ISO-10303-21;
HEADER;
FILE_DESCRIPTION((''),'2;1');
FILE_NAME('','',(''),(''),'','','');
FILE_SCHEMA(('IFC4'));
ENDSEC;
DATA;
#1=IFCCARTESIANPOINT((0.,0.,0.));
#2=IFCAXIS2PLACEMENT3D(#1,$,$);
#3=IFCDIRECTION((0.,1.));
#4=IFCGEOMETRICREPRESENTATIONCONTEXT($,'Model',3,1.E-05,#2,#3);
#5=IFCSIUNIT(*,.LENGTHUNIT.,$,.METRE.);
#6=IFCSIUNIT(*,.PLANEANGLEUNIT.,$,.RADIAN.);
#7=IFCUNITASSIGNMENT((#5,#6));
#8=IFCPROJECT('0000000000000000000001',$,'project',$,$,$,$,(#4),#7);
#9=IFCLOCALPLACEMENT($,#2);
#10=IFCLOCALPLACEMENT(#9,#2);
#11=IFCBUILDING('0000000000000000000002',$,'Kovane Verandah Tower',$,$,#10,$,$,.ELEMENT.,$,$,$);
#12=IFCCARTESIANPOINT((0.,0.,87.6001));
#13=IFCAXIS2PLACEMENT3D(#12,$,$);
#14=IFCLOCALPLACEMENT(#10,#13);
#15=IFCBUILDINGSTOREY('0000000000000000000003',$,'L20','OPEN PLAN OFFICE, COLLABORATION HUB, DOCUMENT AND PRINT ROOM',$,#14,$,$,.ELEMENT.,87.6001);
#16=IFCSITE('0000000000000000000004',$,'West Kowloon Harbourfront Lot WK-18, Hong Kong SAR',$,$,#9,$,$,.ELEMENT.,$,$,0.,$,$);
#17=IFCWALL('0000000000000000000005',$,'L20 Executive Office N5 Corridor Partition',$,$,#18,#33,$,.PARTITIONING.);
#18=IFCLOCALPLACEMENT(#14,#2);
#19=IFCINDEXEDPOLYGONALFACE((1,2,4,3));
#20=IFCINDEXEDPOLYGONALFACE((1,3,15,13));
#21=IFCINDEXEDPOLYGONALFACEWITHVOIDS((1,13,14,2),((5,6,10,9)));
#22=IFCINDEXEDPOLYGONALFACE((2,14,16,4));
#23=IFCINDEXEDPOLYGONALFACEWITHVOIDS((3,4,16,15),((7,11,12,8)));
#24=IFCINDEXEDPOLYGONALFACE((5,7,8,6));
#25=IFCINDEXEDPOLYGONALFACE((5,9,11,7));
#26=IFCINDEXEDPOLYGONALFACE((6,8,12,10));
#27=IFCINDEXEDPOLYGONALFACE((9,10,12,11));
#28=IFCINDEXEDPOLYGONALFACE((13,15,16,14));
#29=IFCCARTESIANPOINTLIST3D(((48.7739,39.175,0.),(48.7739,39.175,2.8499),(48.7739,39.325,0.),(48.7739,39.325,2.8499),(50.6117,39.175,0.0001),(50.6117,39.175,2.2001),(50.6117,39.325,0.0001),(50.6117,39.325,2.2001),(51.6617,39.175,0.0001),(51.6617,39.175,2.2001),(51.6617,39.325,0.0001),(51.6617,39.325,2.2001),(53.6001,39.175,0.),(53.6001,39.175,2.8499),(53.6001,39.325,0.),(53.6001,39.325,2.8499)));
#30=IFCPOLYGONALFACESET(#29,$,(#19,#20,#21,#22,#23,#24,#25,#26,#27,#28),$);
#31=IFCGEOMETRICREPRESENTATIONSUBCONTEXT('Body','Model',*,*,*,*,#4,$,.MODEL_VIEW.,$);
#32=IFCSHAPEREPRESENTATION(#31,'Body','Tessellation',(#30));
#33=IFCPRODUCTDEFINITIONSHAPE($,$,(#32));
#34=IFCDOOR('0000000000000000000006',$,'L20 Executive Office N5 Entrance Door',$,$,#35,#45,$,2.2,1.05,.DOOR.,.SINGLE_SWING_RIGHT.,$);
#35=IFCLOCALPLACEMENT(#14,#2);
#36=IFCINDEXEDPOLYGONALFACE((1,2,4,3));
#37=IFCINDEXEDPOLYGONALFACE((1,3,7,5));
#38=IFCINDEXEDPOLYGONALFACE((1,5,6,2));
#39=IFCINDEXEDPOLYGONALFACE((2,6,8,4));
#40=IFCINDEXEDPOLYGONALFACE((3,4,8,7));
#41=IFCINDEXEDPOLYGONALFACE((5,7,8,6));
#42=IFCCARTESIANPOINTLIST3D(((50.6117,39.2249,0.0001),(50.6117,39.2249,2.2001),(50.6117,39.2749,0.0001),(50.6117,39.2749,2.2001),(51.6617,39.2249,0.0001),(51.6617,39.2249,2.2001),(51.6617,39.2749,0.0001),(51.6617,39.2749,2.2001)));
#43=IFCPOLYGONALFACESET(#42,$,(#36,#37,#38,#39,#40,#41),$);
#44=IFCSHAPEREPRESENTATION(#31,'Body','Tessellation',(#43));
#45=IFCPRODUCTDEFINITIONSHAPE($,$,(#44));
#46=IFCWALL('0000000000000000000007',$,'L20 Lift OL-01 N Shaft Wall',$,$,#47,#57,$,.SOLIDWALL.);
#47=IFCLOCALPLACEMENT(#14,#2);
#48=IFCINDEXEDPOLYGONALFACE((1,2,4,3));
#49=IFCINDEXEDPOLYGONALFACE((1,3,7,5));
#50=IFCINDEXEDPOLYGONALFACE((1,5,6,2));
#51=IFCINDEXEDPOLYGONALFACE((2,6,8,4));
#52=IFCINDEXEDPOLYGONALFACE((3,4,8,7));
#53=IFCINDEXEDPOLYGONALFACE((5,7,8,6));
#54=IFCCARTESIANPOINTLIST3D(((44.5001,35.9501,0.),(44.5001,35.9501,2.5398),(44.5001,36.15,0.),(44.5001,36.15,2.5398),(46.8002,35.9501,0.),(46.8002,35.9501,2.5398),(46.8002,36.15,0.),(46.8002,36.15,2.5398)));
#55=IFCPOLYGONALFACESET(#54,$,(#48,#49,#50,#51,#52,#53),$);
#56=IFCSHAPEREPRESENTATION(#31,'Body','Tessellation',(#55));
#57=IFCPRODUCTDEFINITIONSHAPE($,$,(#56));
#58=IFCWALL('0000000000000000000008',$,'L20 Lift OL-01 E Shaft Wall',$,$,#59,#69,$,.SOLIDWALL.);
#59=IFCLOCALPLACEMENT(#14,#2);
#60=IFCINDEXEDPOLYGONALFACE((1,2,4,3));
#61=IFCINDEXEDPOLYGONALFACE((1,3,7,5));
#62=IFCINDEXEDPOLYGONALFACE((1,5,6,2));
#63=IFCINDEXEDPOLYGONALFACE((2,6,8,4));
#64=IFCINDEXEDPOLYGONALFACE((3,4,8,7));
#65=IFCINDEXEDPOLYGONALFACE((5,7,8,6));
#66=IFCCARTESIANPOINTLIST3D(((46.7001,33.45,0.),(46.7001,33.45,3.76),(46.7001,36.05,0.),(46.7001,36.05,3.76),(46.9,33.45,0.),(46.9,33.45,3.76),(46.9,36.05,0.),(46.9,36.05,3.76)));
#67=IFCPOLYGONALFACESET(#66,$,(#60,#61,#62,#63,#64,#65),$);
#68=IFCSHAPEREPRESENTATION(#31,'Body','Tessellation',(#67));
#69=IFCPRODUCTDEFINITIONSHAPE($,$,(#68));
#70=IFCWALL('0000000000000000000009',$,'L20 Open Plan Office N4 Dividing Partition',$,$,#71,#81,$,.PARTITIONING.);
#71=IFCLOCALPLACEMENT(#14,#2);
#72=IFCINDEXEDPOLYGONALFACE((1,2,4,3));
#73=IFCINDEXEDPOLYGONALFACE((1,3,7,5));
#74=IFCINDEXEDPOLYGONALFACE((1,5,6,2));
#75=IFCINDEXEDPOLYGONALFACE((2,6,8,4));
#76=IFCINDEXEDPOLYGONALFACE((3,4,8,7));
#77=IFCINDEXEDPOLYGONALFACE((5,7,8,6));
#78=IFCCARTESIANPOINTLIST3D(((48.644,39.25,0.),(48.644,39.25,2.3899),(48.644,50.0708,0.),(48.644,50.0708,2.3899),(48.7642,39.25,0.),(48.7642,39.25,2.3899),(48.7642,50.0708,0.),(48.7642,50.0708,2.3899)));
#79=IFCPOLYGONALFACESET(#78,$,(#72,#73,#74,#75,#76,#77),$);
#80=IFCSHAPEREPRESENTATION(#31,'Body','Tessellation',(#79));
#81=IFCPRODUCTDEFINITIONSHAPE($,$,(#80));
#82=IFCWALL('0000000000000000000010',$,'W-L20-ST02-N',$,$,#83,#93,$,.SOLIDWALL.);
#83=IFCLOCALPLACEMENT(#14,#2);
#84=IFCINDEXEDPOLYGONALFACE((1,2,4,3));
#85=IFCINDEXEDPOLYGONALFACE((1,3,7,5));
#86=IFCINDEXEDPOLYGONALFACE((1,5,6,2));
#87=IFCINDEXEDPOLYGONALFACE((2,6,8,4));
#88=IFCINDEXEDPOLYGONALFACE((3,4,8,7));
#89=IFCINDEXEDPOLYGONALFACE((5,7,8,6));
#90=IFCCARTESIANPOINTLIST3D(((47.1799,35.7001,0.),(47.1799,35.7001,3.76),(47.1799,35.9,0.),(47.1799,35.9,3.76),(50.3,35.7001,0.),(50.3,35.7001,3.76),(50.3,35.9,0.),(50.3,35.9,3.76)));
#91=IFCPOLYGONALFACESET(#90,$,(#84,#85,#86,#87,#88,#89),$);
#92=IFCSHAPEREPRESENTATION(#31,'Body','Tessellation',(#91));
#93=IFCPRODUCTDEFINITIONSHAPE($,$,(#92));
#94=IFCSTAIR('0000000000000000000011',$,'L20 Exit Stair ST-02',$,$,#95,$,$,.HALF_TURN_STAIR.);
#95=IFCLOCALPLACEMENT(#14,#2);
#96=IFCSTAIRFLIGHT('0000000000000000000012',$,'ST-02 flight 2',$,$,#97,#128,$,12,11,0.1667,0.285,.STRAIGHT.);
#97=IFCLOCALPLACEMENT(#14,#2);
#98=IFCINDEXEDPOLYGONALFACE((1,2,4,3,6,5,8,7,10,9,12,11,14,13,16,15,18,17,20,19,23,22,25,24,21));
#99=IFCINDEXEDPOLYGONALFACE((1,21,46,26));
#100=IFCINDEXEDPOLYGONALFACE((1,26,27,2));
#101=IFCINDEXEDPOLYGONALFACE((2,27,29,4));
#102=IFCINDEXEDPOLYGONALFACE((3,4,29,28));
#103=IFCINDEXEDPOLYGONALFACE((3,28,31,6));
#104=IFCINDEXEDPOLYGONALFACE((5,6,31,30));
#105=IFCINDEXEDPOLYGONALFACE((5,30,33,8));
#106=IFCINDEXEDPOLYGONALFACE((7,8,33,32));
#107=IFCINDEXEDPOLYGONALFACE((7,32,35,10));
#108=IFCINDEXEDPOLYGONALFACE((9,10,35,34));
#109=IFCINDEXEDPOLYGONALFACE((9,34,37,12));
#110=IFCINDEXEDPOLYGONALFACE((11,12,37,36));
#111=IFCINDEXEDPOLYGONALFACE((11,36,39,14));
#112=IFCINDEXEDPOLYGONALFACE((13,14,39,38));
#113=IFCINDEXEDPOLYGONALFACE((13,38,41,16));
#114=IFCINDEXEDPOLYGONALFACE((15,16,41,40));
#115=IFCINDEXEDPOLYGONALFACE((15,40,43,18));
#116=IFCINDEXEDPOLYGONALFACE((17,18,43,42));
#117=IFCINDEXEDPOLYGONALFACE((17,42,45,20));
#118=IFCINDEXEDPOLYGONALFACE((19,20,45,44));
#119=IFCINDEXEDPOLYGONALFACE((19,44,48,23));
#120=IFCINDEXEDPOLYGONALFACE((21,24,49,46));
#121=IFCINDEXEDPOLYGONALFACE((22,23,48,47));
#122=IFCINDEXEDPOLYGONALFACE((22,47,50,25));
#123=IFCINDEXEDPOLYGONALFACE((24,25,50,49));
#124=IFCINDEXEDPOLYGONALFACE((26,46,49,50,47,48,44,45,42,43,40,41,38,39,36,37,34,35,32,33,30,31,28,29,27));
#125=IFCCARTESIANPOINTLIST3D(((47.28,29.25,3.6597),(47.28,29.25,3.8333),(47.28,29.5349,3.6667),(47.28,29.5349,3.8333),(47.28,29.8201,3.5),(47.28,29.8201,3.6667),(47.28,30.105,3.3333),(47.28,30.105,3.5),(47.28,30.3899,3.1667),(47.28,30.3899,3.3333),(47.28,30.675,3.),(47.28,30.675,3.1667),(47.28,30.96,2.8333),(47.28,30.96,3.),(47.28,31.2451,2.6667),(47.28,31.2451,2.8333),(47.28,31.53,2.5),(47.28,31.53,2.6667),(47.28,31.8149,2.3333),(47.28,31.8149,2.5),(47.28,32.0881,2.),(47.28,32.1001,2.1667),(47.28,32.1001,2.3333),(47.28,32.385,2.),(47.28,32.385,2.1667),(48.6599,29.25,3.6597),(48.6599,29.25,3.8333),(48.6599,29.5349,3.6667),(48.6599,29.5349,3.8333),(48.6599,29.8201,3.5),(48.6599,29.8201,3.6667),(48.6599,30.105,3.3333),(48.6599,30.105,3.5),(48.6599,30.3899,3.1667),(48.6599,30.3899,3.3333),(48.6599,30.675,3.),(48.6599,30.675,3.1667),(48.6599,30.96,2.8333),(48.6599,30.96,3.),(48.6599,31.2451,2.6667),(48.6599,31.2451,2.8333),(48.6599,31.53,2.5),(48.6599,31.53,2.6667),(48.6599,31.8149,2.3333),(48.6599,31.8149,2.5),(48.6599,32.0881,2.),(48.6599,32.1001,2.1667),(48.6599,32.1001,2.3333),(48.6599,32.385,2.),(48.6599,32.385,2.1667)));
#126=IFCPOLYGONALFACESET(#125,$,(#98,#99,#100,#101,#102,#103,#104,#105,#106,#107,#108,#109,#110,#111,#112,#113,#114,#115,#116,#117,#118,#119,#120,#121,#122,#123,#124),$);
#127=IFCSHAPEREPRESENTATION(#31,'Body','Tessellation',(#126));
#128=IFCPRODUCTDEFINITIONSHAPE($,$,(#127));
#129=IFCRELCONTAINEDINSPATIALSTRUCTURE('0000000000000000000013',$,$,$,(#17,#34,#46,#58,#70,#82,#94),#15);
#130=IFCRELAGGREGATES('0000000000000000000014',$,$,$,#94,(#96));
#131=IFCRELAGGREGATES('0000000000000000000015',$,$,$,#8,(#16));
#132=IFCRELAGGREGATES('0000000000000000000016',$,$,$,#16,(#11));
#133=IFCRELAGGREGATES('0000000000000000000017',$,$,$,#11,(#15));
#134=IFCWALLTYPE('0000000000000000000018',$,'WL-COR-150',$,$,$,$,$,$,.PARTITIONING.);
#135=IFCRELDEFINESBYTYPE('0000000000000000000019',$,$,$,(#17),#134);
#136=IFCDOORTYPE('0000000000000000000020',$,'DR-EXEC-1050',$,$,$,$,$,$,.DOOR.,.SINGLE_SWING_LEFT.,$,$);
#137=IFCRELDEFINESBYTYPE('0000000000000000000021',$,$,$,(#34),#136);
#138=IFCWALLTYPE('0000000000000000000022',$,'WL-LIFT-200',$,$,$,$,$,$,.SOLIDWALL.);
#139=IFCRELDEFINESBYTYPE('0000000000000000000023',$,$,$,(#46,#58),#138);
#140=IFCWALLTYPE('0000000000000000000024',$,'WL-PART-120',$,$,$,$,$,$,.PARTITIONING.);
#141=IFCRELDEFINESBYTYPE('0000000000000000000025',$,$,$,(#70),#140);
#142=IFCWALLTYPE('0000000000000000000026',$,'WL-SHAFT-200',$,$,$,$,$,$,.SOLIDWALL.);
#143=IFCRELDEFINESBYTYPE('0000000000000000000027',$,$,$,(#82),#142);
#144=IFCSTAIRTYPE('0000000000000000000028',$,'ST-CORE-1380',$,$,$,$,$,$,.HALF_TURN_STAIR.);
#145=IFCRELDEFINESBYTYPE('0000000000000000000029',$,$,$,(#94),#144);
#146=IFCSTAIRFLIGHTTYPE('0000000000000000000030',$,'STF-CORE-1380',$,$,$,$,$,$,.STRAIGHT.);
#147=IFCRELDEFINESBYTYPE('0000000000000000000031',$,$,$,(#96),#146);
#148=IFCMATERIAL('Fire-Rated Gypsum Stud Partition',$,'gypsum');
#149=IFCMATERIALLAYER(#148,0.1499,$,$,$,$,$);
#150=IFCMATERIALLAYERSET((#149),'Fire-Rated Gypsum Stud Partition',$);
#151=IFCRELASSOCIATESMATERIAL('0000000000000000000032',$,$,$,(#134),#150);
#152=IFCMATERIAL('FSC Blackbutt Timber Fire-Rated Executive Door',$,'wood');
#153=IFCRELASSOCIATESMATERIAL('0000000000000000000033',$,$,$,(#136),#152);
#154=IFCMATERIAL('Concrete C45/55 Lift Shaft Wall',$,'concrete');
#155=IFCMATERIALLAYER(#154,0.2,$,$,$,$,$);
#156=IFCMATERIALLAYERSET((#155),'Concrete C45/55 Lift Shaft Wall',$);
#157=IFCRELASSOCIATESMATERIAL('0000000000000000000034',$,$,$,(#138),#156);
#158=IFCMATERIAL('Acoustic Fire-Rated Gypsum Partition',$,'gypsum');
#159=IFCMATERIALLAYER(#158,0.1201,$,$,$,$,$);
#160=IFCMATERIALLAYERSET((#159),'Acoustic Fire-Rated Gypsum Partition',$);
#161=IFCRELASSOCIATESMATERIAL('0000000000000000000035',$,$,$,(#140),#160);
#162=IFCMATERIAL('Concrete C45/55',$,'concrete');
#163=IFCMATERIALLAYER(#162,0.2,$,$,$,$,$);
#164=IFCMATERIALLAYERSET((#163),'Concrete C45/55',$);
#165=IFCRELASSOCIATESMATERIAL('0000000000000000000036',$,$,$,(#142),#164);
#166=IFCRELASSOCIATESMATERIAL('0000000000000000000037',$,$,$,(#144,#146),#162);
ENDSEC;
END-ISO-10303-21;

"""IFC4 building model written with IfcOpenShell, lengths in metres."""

from ifc_helpers import new_model, si_unit, direction, frame, frame_2d, origin, place, context, subcontext, project, spatial, polyline, rectangle, outline, extrude, material, layer, layer_set, type_object, element, fill, aggregate, save


model = new_model("IFC4")

# Units and contexts
model_context = context("Model", 3, precision=1e-05, world=origin(), true_north=direction((0.0, 1.0)))
body_context = subcontext(model_context, "Body", "Model", "MODEL_VIEW")
ifc_project = project(units=[si_unit("LENGTHUNIT", "METRE"), si_unit("PLANEANGLEUNIT", "RADIAN")], contexts=[model_context])

# Site, building, storey
site_placement = place(None, origin())
site = spatial("IfcSite", under=ifc_project, at=site_placement, Name="West Kowloon Harbourfront Lot WK-18, Hong Kong SAR", CompositionType="ELEMENT", RefElevation=0.0)
building_placement = place(site_placement, origin())
building = spatial("IfcBuilding", under=site, at=building_placement, Name="Kovane Verandah Tower", CompositionType="ELEMENT")
storey_placement = place(building_placement, frame((0.0, 0.0, 87.6001)))
storey = spatial("IfcBuildingStorey", under=building, at=storey_placement, Name="L20", Description="OPEN PLAN OFFICE, COLLABORATION HUB, DOCUMENT AND PRINT ROOM", CompositionType="ELEMENT", Elevation=87.6001)

# Wall, opening, door
ifc_material_1 = material(Name="Fire-Rated Gypsum Stud Partition", Category="gypsum")
ifc_layer_1 = layer(ifc_material_1, 0.1499)
ifc_layer_set_1 = layer_set([ifc_layer_1], Name="Fire-Rated Gypsum Stud Partition")
wall_type_1 = type_object("IfcWallType", Name="WL-COR-150", PredefinedType="PARTITIONING", material=ifc_layer_set_1)
wall_1_placement = place(storey_placement, frame((48.7739, 39.25, 0.0), z_axis=(0.0, 0.0, 1.0), x_axis=(1.0, 0.0, 0.0)))
wall_1 = element("IfcWall", 1, at=wall_1_placement, inside=storey, type_object=wall_type_1, Name="L20 Executive Office N5 Corridor Partition", PredefinedType="PARTITIONING", context=body_context, shape_type="SweptSolid", body=[
    extrude(rectangle(XDim=4.8262, YDim=0.1499, at=frame_2d((2.4131, 0.0))), origin(), (0.0, 0.0, 1.0), 2.8499),
])
opening_placement = place(wall_1_placement, frame((1.8379, 0.0, 0.0)))
opening = element("IfcOpeningElement", 2, at=opening_placement, cuts=wall_1, PredefinedType="OPENING", context=body_context, shape_type="SweptSolid", body=[
    extrude(rectangle(XDim=1.05, YDim=2.2, at=frame_2d((0.5249, 1.1001))), frame((0.0, 0.075, 0.0), z_axis=(0.0, -1.0, 0.0), x_axis=(1.0, 0.0, 0.0)), (0.0, 0.0, 1.0), 0.1499),
])
ifc_material_2 = material(Name="FSC Blackbutt Timber Fire-Rated Executive Door", Category="wood")
door_type = type_object("IfcDoorType", Name="DR-EXEC-1050", OperationType="SINGLE_SWING_LEFT", PredefinedType="DOOR", material=ifc_material_2)
door_placement = place(opening_placement, origin())
door = element("IfcDoor", 3, at=door_placement, inside=storey, type_object=door_type, Name="L20 Executive Office N5 Entrance Door", OperationType="SINGLE_SWING_RIGHT", OverallHeight=2.2, OverallWidth=1.05, PredefinedType="DOOR", context=body_context, shape_type="SweptSolid", body=[
    extrude(rectangle(XDim=1.05, YDim=2.2, at=frame_2d((0.5249, 1.1001))), frame((0.0, 0.0249, 0.0), z_axis=(0.0, -1.0, 0.0), x_axis=(1.0, 0.0, 0.0)), (0.0, 0.0, 1.0), 0.05),
])
fill(opening, door)

# Walls
ifc_material_3 = material(Name="Concrete C45/55 Lift Shaft Wall", Category="concrete")
ifc_layer_2 = layer(ifc_material_3, 0.2)
ifc_layer_set_2 = layer_set([ifc_layer_2], Name="Concrete C45/55 Lift Shaft Wall")
wall_type_2 = type_object("IfcWallType", Name="WL-LIFT-200", PredefinedType="SOLIDWALL", material=ifc_layer_set_2)
wall_2_placement = place(storey_placement, frame((46.8, 36.05, 0.0), z_axis=(0.0, 0.0, 1.0), x_axis=(-1.0, 0.0, 0.0)))
element("IfcWall", 4, at=wall_2_placement, inside=storey, type_object=wall_type_2, Name="L20 Lift OL-01 N Shaft Wall", PredefinedType="SOLIDWALL", context=body_context, shape_type="SweptSolid", body=[
    extrude(rectangle(XDim=2.3, YDim=0.2, at=frame_2d((1.1499, 0.0))), origin(), (0.0, 0.0, 1.0), 2.5398),
])
wall_3_placement = place(storey_placement, frame((46.8, 33.45, 0.0), z_axis=(0.0, 0.0, 1.0), x_axis=(0.0, 1.0, 0.0)))
element("IfcWall", 5, at=wall_3_placement, inside=storey, type_object=wall_type_2, Name="L20 Lift OL-01 E Shaft Wall", PredefinedType="SOLIDWALL", context=body_context, shape_type="SweptSolid", body=[
    extrude(rectangle(XDim=2.6001, YDim=0.2, at=frame_2d((1.3, 0.0))), origin(), (0.0, 0.0, 1.0), 3.76),
])
ifc_material_4 = material(Name="Acoustic Fire-Rated Gypsum Partition", Category="gypsum")
ifc_layer_3 = layer(ifc_material_4, 0.1201)
ifc_layer_set_3 = layer_set([ifc_layer_3], Name="Acoustic Fire-Rated Gypsum Partition")
wall_type_3 = type_object("IfcWallType", Name="WL-PART-120", PredefinedType="PARTITIONING", material=ifc_layer_set_3)
wall_4_placement = place(storey_placement, frame((48.7041, 39.25, 0.0), z_axis=(0.0, 0.0, 1.0), x_axis=(0.0, 1.0, 0.0)))
element("IfcWall", 6, at=wall_4_placement, inside=storey, type_object=wall_type_3, Name="L20 Open Plan Office N4 Dividing Partition", PredefinedType="PARTITIONING", context=body_context, shape_type="SweptSolid", body=[
    extrude(rectangle(XDim=10.8208, YDim=0.1201, at=frame_2d((5.4104, 0.0))), origin(), (0.0, 0.0, 1.0), 2.3899),
])
ifc_material_5 = material(Name="Concrete C45/55", Category="concrete")
ifc_layer_4 = layer(ifc_material_5, 0.2)
ifc_layer_set_4 = layer_set([ifc_layer_4], Name="Concrete C45/55")
wall_type_4 = type_object("IfcWallType", Name="WL-SHAFT-200", PredefinedType="SOLIDWALL", material=ifc_layer_set_4)
wall_5_placement = place(storey_placement, frame((47.1799, 35.8, 0.0), z_axis=(0.0, 0.0, 1.0), x_axis=(1.0, 0.0, 0.0)))
element("IfcWall", 7, at=wall_5_placement, inside=storey, type_object=wall_type_4, Name="W-L20-ST02-N", PredefinedType="SOLIDWALL", context=body_context, shape_type="SweptSolid", body=[
    extrude(rectangle(XDim=3.1201, YDim=0.2, at=frame_2d((1.5601, 0.0))), origin(), (0.0, 0.0, 1.0), 3.76),
])

# Stair, stair flight
stair_type = type_object("IfcStairType", Name="ST-CORE-1380", PredefinedType="HALF_TURN_STAIR", material=ifc_material_5)
stair_placement = place(storey_placement, origin())
stair = element("IfcStair", 8, at=stair_placement, inside=storey, type_object=stair_type, Name="L20 Exit Stair ST-02", PredefinedType="HALF_TURN_STAIR")
stair_flight_type = type_object("IfcStairFlightType", Name="STF-CORE-1380", PredefinedType="STRAIGHT", material=ifc_material_5)
stair_flight_placement = place(storey_placement, frame((47.97, 32.385, 2.0), z_axis=(0.0, 0.0, 1.0), x_axis=(0.0, -1.0, 0.0)))
stair_flight = element("IfcStairFlight", 9, at=stair_flight_placement, type_object=stair_flight_type, Name="ST-02 flight 2", NumberOfRisers=12, NumberOfTreads=11, PredefinedType="STRAIGHT", RiserHeight=0.1667, TreadLength=0.285, context=body_context, shape_type="SweptSolid", body=[
    extrude(outline(polyline([(0.0, 0.0), (0.0, 0.1667), (0.2849, 0.1667), (0.2849, 0.3333), (0.5701, 0.3333), (0.5701, 0.5), (0.855, 0.5), (0.855, 0.6667), (1.1399, 0.6667), (1.1399, 0.8333), (1.425, 0.8333), (1.425, 1.0), (1.71, 1.0), (1.71, 1.1667), (1.9951, 1.1667), (1.9951, 1.3333), (2.28, 1.3333), (2.28, 1.5), (2.5649, 1.5), (2.5649, 1.6667), (2.8501, 1.6667), (2.8501, 1.8333), (3.135, 1.8333), (3.135, 2.0), (3.135, 1.6597), (0.2969, 0.0), (0.0, 0.0)])), frame((0.0, 0.6899, 0.0), z_axis=(0.0, -1.0, 0.0), x_axis=(1.0, 0.0, 0.0)), (0.0, 0.0, 1.0), 1.3799),
])
aggregate(stair, [stair_flight])

save(model, "model.ifc")
